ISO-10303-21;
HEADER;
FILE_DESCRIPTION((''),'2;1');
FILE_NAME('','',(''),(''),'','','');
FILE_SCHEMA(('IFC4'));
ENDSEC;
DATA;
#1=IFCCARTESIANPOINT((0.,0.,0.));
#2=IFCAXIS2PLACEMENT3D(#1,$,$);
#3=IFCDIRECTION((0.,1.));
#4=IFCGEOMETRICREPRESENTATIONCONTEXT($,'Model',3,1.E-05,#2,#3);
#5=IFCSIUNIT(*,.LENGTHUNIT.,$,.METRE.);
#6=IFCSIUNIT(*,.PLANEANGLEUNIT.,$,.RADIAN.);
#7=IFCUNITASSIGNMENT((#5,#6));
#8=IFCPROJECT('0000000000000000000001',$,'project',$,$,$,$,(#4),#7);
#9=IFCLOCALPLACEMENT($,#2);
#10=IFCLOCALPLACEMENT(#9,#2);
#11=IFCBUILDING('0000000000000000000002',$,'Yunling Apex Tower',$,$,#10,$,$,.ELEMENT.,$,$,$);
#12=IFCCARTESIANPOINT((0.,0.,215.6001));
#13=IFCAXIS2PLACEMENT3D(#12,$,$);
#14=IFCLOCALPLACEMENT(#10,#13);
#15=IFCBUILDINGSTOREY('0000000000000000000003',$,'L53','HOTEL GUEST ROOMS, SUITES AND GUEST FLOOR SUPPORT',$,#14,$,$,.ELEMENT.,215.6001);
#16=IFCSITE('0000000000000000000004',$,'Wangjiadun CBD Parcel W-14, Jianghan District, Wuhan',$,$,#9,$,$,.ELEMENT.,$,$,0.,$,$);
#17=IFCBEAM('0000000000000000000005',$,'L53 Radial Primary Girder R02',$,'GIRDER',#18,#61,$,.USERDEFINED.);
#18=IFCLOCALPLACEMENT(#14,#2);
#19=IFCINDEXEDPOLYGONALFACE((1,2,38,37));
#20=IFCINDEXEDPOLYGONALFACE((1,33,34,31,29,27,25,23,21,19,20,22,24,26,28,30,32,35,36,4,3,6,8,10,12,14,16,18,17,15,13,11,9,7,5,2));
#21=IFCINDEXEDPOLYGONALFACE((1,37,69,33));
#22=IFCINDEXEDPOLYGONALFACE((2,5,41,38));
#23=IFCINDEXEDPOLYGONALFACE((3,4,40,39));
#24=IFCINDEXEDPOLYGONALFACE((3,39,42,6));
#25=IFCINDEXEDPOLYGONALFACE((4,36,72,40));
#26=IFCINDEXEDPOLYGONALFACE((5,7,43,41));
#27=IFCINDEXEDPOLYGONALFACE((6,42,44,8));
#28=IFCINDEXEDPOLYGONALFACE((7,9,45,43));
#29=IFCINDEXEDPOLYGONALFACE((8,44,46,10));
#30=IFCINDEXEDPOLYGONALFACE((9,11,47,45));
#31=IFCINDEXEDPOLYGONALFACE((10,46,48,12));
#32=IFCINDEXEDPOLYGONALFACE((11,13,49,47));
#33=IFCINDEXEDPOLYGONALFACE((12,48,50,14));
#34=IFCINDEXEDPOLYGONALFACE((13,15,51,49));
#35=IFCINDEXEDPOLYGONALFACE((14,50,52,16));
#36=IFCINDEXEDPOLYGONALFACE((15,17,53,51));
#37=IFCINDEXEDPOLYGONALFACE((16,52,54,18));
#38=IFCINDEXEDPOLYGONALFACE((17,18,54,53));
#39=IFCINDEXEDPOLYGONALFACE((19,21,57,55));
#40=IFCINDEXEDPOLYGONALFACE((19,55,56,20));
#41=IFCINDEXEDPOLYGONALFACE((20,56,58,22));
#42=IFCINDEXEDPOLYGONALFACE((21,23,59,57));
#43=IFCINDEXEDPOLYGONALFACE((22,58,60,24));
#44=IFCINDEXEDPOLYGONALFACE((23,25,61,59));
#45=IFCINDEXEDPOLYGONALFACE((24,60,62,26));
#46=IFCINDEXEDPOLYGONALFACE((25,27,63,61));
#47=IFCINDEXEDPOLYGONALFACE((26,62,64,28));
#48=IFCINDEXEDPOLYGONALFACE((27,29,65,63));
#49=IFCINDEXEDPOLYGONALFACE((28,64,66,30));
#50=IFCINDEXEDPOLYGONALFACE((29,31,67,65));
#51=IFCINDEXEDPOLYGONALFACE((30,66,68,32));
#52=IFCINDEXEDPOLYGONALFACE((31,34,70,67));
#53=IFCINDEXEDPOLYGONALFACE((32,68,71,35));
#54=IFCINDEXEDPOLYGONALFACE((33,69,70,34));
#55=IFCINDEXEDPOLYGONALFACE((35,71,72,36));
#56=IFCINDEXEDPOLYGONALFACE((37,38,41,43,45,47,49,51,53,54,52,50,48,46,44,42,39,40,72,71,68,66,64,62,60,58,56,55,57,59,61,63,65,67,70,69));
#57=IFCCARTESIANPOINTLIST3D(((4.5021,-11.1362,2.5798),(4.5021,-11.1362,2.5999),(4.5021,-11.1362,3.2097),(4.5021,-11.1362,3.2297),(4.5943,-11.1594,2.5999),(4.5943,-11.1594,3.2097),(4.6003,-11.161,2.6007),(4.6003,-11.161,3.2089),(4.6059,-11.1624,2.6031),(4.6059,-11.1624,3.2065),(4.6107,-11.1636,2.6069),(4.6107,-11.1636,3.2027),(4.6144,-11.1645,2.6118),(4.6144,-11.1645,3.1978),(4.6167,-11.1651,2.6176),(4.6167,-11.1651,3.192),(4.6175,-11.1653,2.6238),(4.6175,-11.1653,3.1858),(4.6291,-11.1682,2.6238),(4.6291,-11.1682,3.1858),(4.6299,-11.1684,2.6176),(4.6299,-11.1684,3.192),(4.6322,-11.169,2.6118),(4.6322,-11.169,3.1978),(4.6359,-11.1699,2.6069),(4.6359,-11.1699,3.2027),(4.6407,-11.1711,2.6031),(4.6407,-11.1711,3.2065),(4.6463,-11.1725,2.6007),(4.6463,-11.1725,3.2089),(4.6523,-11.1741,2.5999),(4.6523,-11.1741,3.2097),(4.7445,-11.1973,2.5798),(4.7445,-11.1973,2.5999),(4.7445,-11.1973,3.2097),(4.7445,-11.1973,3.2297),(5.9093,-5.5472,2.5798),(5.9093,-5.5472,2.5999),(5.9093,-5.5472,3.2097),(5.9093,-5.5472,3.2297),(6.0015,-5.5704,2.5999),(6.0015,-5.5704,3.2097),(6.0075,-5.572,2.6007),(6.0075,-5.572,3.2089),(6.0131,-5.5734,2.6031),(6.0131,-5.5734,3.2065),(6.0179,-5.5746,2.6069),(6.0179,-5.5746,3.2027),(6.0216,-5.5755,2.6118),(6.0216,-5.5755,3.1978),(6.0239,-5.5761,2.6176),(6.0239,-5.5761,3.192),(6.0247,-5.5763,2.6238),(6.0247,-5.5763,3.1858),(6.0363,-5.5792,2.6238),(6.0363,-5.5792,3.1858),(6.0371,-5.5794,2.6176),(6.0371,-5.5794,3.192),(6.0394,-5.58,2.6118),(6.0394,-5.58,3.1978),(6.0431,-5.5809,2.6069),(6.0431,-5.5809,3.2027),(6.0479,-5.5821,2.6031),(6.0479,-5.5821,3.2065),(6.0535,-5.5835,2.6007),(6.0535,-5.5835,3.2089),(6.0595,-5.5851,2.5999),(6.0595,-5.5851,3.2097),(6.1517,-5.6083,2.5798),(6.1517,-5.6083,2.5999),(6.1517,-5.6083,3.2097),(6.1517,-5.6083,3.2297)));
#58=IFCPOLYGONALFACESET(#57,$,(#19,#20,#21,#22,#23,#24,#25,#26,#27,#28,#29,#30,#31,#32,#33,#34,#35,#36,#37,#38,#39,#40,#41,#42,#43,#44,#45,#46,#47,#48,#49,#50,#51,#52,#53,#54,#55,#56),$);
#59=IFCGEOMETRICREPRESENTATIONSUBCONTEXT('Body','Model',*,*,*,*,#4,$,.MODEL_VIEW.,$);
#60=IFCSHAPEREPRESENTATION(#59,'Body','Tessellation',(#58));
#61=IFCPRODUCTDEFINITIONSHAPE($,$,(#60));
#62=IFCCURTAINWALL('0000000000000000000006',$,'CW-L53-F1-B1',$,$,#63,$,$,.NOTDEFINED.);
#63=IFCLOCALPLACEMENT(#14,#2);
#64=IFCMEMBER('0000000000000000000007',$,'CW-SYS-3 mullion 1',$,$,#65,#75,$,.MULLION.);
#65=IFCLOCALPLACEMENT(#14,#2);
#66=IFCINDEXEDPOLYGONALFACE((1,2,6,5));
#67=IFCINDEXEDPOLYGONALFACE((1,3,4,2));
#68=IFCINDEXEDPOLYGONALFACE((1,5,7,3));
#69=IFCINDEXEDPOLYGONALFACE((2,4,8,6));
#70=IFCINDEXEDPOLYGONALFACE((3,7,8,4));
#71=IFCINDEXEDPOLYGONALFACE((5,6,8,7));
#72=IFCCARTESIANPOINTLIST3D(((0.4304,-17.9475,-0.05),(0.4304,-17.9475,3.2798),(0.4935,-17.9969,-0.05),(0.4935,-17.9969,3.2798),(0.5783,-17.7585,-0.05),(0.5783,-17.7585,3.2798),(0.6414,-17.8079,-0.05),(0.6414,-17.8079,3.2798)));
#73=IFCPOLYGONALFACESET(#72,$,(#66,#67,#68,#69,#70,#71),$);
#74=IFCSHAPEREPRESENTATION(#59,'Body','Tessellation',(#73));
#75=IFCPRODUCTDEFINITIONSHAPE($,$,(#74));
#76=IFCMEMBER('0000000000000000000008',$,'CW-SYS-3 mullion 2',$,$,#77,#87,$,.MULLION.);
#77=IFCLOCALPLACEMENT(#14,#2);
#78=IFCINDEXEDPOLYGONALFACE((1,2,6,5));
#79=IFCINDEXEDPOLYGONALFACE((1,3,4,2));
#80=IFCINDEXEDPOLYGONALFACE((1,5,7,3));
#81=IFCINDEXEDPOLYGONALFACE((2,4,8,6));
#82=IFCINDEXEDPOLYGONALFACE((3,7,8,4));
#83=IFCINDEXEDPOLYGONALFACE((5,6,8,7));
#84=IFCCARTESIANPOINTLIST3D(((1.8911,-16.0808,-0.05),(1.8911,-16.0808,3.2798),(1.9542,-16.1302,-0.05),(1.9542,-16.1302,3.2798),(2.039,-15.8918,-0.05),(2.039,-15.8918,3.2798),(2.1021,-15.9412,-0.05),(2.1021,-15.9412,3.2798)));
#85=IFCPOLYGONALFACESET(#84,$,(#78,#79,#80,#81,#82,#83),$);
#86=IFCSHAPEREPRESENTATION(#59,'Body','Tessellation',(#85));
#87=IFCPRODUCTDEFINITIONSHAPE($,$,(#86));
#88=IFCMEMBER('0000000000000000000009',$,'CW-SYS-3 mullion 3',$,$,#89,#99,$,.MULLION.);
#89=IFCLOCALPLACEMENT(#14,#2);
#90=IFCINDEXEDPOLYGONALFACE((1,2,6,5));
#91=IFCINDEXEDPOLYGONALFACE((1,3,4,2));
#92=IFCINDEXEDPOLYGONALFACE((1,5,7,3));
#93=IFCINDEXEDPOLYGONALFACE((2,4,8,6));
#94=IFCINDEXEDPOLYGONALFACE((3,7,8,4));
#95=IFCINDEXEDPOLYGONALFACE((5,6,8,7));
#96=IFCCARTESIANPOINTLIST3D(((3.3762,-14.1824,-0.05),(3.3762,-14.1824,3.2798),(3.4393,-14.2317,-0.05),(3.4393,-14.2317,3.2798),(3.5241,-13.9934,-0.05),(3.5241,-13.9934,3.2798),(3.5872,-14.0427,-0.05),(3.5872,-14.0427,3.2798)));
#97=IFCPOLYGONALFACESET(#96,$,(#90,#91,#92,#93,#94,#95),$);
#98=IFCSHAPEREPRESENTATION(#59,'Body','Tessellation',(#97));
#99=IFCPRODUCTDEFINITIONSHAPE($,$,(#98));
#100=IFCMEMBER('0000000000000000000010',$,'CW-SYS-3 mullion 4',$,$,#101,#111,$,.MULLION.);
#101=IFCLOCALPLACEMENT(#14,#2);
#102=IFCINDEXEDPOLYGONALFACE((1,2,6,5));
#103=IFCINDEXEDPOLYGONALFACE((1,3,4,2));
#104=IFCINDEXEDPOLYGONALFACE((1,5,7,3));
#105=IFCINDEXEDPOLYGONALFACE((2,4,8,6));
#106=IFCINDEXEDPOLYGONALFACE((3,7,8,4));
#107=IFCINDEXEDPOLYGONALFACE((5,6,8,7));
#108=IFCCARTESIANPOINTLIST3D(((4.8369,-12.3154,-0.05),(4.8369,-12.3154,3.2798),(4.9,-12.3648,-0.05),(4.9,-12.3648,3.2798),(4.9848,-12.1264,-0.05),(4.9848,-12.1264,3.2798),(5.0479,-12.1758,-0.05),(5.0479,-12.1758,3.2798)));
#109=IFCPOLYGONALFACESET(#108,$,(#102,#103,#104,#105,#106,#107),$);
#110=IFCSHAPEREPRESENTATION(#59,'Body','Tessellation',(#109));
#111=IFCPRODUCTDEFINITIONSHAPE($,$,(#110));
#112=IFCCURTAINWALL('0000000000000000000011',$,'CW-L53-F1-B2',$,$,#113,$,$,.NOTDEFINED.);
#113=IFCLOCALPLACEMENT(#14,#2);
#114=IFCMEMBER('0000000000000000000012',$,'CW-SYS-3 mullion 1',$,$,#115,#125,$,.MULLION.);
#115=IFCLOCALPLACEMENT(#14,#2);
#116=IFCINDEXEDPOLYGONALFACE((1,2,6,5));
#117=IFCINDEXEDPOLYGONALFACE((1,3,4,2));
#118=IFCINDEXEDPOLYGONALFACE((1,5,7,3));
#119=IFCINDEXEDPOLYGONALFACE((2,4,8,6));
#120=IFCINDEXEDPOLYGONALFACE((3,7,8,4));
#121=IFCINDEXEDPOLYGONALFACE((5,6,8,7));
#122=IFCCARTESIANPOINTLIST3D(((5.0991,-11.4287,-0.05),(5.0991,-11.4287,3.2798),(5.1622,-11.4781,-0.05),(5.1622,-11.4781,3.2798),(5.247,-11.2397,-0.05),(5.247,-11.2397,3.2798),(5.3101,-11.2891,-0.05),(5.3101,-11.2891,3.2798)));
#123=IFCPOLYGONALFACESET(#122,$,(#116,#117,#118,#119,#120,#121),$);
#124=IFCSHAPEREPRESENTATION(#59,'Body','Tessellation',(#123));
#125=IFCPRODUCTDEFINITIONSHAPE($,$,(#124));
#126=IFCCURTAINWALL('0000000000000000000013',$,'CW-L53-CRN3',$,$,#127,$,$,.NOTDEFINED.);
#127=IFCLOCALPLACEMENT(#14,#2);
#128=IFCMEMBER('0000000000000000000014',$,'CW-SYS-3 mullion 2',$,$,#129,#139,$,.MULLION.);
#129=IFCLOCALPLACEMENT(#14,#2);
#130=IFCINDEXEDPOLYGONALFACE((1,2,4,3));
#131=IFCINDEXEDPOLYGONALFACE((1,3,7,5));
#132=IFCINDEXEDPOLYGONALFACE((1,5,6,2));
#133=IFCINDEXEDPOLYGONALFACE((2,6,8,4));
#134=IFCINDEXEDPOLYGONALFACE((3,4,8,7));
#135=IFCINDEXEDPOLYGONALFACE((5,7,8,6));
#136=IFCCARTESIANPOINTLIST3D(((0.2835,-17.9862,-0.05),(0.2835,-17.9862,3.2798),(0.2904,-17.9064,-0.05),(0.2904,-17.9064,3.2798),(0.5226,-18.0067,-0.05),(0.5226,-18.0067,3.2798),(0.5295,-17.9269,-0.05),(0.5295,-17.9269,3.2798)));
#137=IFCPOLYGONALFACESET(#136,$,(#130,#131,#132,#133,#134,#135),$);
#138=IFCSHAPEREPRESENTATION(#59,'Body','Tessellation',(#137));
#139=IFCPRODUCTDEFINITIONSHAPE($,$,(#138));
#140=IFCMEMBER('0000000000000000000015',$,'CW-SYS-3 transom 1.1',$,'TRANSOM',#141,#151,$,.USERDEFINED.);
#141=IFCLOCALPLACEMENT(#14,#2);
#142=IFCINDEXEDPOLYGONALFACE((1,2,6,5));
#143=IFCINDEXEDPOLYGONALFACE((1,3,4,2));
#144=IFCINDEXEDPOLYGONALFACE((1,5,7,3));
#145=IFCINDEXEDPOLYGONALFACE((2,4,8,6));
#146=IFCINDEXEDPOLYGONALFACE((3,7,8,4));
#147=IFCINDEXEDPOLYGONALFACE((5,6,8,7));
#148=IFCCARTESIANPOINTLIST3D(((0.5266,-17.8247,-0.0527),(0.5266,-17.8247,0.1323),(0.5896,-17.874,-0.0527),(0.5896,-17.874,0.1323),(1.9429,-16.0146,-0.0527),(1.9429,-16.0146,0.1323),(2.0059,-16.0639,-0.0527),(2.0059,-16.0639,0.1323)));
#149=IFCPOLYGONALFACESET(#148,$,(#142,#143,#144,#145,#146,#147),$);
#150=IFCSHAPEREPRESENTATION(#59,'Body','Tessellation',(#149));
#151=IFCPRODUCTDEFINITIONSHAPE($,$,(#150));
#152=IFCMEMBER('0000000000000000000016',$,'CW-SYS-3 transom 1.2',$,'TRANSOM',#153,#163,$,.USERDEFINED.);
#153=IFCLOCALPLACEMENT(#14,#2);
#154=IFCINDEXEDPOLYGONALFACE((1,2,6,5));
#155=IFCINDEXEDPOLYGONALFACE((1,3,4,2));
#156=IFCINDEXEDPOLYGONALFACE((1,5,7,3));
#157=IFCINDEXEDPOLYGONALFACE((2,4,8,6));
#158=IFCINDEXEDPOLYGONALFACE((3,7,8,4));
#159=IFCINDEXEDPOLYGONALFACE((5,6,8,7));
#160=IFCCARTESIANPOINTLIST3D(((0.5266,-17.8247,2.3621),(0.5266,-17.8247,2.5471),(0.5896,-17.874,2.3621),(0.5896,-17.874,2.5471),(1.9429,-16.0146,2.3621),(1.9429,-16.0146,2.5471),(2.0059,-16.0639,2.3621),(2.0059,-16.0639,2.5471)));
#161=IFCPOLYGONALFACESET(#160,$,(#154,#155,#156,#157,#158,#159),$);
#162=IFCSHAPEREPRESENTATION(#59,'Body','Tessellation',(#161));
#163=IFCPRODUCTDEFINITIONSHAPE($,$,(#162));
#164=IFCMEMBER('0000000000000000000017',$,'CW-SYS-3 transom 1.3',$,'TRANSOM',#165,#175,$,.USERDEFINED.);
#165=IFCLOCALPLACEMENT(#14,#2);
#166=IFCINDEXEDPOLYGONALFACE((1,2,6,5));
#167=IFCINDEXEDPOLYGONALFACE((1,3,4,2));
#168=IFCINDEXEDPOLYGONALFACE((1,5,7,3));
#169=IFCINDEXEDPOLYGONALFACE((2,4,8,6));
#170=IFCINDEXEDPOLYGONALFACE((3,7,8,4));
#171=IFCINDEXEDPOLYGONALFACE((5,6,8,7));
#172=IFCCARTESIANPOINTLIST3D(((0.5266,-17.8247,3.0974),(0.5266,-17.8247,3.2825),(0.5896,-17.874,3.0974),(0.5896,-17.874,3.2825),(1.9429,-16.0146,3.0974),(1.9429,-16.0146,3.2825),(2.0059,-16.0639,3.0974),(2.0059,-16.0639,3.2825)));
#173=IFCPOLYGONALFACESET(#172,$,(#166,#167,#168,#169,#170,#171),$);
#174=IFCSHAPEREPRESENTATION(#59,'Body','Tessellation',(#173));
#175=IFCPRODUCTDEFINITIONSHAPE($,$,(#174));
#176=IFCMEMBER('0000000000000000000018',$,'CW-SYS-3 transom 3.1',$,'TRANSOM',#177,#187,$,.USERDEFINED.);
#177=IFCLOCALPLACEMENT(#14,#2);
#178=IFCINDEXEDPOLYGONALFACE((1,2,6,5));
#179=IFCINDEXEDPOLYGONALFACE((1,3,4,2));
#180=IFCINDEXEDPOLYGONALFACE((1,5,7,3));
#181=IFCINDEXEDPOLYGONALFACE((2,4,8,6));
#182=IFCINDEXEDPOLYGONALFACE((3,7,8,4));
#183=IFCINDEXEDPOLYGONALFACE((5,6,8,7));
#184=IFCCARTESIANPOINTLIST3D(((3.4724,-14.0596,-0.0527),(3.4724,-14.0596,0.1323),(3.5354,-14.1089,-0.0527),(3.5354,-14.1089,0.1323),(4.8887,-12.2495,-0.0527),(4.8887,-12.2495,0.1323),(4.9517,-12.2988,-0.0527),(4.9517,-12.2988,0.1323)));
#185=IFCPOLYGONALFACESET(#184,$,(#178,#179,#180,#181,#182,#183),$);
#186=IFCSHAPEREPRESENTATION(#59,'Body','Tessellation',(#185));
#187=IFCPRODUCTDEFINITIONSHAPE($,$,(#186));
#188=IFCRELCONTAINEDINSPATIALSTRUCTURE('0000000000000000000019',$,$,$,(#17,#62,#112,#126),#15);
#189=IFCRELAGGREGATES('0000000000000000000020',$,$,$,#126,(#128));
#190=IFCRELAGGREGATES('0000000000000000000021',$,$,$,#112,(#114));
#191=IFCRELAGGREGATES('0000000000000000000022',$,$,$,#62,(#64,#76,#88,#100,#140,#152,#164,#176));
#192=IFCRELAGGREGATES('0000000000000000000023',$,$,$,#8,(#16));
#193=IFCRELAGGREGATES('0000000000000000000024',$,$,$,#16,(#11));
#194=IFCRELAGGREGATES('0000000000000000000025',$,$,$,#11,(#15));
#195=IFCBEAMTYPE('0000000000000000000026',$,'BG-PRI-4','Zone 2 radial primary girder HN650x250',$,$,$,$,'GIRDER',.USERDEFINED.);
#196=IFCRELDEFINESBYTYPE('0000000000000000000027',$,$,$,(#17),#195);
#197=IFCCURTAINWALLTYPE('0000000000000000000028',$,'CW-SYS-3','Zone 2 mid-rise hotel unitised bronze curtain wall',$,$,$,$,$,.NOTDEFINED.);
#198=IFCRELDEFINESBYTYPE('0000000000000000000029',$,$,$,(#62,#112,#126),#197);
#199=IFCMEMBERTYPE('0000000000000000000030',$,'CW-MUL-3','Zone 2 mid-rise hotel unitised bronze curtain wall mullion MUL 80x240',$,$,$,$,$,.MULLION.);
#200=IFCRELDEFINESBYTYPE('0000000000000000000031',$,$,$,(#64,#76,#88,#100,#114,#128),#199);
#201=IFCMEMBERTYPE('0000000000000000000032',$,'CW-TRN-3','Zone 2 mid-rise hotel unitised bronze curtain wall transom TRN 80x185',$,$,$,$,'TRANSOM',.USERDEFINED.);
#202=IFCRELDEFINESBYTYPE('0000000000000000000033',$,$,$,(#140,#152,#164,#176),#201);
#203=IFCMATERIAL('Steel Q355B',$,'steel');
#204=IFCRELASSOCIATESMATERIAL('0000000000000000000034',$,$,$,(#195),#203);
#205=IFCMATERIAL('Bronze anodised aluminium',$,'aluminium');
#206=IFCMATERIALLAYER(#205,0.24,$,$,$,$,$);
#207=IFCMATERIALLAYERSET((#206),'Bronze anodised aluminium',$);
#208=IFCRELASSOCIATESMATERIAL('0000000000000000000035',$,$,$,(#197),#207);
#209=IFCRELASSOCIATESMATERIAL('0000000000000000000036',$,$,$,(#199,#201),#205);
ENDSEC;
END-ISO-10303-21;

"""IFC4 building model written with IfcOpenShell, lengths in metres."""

from ifc_helpers import new_model, si_unit, direction, frame, origin, origin_2d, place, context, subcontext, project, spatial, rectangle, i_section, extrude, source, transform, mapped, material, layer, layer_set, material_profile, profile_set, type_object, element, aggregate, save


model = new_model("IFC4")

# Units and contexts
model_context = context("Model", 3, precision=1e-05, world=origin(), true_north=direction((0.0, 1.0)))
body_context = subcontext(model_context, "Body", "Model", "MODEL_VIEW")
ifc_project = project(units=[si_unit("LENGTHUNIT", "METRE"), si_unit("PLANEANGLEUNIT", "RADIAN")], contexts=[model_context])

# Site, building, storey
site_placement = place(None, origin())
site = spatial("IfcSite", under=ifc_project, at=site_placement, Name="Wangjiadun CBD Parcel W-14, Jianghan District, Wuhan", CompositionType="ELEMENT", RefElevation=0.0)
building_placement = place(site_placement, origin())
building = spatial("IfcBuilding", under=site, at=building_placement, Name="Yunling Apex Tower", CompositionType="ELEMENT")
storey_placement = place(building_placement, frame((0.0, 0.0, 215.6001)))
storey = spatial("IfcBuildingStorey", under=building, at=storey_placement, Name="L53", Description="HOTEL GUEST ROOMS, SUITES AND GUEST FLOOR SUPPORT", CompositionType="ELEMENT", Elevation=215.6001)

# Beam
ifc_material_1 = material(Name="Steel Q355B", Category="steel")
ifc_material_profile_1 = material_profile(ifc_material_1, i_section(OverallWidth=0.25, OverallDepth=0.6499, WebThickness=0.012, FlangeThickness=0.02, FilletRadius=0.0239, at=origin_2d()))
ifc_profile_set_1 = profile_set([ifc_material_profile_1], Name="Steel Q355B")
beam_type_1 = type_object("IfcBeamType", Name="BG-PRI-4", Description="Zone 2 radial primary girder HN650x250", ElementType="GIRDER", PredefinedType="USERDEFINED", material=ifc_profile_set_1)
shared_shape_1 = source(origin(), body_context, "Body", "SweptSolid", [
    extrude(i_section(OverallWidth=0.25, OverallDepth=0.6499, WebThickness=0.012, FlangeThickness=0.02, FilletRadius=0.0239, at=origin_2d()), origin(), (0.0, 0.0, 1.0), 5.7634),
])
beam_1_placement = place(storey_placement, frame((4.6233, -11.1667, 2.9048), z_axis=(0.24416, 0.969735, 0.0), x_axis=(-0.969735, 0.24416, 0.0)))
element("IfcBeam", 1, at=beam_1_placement, inside=storey, type_object=beam_type_1, Name="L53 Radial Primary Girder R02", ObjectType="GIRDER", PredefinedType="USERDEFINED", context=body_context, shape_type="MappedRepresentation", body=[
    mapped(shared_shape_1, transform((0.0, 0.0, 0.0), scale=1.0)),
])

# Curtain wall, members
ifc_material_2 = material(Name="Bronze anodised aluminium", Category="aluminium")
ifc_layer_1 = layer(ifc_material_2, 0.24)
ifc_layer_set_1 = layer_set([ifc_layer_1], Name="Bronze anodised aluminium")
curtain_wall_type = type_object("IfcCurtainWallType", Name="CW-SYS-3", Description="Zone 2 mid-rise hotel unitised bronze curtain wall", PredefinedType="NOTDEFINED", material=ifc_layer_set_1)
curtain_wall_1_placement = place(storey_placement, origin())
curtain_wall_1 = element("IfcCurtainWall", 2, at=curtain_wall_1_placement, inside=storey, type_object=curtain_wall_type, Name="CW-L53-F1-B1", PredefinedType="NOTDEFINED")
ifc_material_profile_2 = material_profile(ifc_material_2, rectangle(XDim=0.0801, YDim=0.24, at=origin_2d()))
ifc_profile_set_2 = profile_set([ifc_material_profile_2], Name="Bronze anodised aluminium")
member_type_1 = type_object("IfcMemberType", Name="CW-MUL-3", Description="Zone 2 mid-rise hotel unitised bronze curtain wall mullion MUL 80x240", PredefinedType="MULLION", material=ifc_profile_set_2)
shared_shape_2 = source(origin(), body_context, "Body", "SweptSolid", [
    extrude(rectangle(XDim=0.0801, YDim=0.24, at=origin_2d()), origin(), (0.0, 0.0, 1.0), 3.3298),
])
member_1_placement = place(storey_placement, frame((0.5359, -17.8777, -0.05), z_axis=(0.0, 0.0, 1.0), x_axis=(-0.787589, 0.6162, 0.0)))
member_1 = element("IfcMember", 3, at=member_1_placement, type_object=member_type_1, Name="CW-SYS-3 mullion 1", PredefinedType="MULLION", context=body_context, shape_type="MappedRepresentation", body=[
    mapped(shared_shape_2, transform((0.0, 0.0, 0.0), scale=1.0)),
])
member_2_placement = place(storey_placement, frame((1.9966, -16.011, -0.05), z_axis=(0.0, 0.0, 1.0), x_axis=(-0.787589, 0.6162, 0.0)))
member_2 = element("IfcMember", 4, at=member_2_placement, type_object=member_type_1, Name="CW-SYS-3 mullion 2", PredefinedType="MULLION", context=body_context, shape_type="MappedRepresentation", body=[
    mapped(shared_shape_2, transform((0.0, 0.0, 0.0), scale=1.0)),
])
member_3_placement = place(storey_placement, frame((3.4817, -14.1125, -0.05), z_axis=(0.0, 0.0, 1.0), x_axis=(-0.787589, 0.6162, 0.0)))
member_3 = element("IfcMember", 5, at=member_3_placement, type_object=member_type_1, Name="CW-SYS-3 mullion 3", PredefinedType="MULLION", context=body_context, shape_type="MappedRepresentation", body=[
    mapped(shared_shape_2, transform((0.0, 0.0, 0.0), scale=1.0)),
])
member_4_placement = place(storey_placement, frame((4.9424, -12.2456, -0.05), z_axis=(0.0, 0.0, 1.0), x_axis=(-0.787589, 0.6162, 0.0)))
member_4 = element("IfcMember", 6, at=member_4_placement, type_object=member_type_1, Name="CW-SYS-3 mullion 4", PredefinedType="MULLION", context=body_context, shape_type="MappedRepresentation", body=[
    mapped(shared_shape_2, transform((0.0, 0.0, 0.0), scale=1.0)),
])

# Curtain walls, members
curtain_wall_2_placement = place(storey_placement, origin())
curtain_wall_2 = element("IfcCurtainWall", 7, at=curtain_wall_2_placement, inside=storey, type_object=curtain_wall_type, Name="CW-L53-F1-B2", PredefinedType="NOTDEFINED")
member_5_placement = place(storey_placement, frame((5.2046, -11.3589, -0.05), z_axis=(0.0, 0.0, 1.0), x_axis=(-0.787576, 0.616217, 0.0)))
member_5 = element("IfcMember", 8, at=member_5_placement, type_object=member_type_1, Name="CW-SYS-3 mullion 1", PredefinedType="MULLION", context=body_context, shape_type="MappedRepresentation", body=[
    mapped(shared_shape_2, transform((0.0, 0.0, 0.0), scale=1.0)),
])
curtain_wall_3_placement = place(storey_placement, origin())
curtain_wall_3 = element("IfcCurtainWall", 9, at=curtain_wall_3_placement, inside=storey, type_object=curtain_wall_type, Name="CW-L53-CRN3", PredefinedType="NOTDEFINED")
member_6_placement = place(storey_placement, frame((0.4065, -17.9565, -0.05), z_axis=(0.0, 0.0, 1.0), x_axis=(0.085517, 0.996337, 0.0)))
member_6 = element("IfcMember", 10, at=member_6_placement, type_object=member_type_1, Name="CW-SYS-3 mullion 2", PredefinedType="MULLION", context=body_context, shape_type="MappedRepresentation", body=[
    mapped(shared_shape_2, transform((0.0, 0.0, 0.0), scale=1.0)),
])
aggregate(curtain_wall_3, [member_6])

# Members
ifc_material_profile_3 = material_profile(ifc_material_2, rectangle(XDim=0.0801, YDim=0.1851, at=origin_2d()))
ifc_profile_set_3 = profile_set([ifc_material_profile_3], Name="Bronze anodised aluminium")
member_type_2 = type_object("IfcMemberType", Name="CW-TRN-3", Description="Zone 2 mid-rise hotel unitised bronze curtain wall transom TRN 80x185", ElementType="TRANSOM", PredefinedType="USERDEFINED", material=ifc_profile_set_3)
shared_shape_3 = source(origin(), body_context, "Body", "SweptSolid", [
    extrude(rectangle(XDim=0.0801, YDim=0.1851, at=origin_2d()), origin(), (0.0, 0.0, 1.0), 2.2983),
])
member_7_placement = place(storey_placement, frame((0.5581, -17.8494, 0.0398), z_axis=(0.616225, 0.78757, 0.0), x_axis=(-0.78757, 0.616225, 0.0)))
member_7 = element("IfcMember", 11, at=member_7_placement, type_object=member_type_2, Name="CW-SYS-3 transom 1.1", ObjectType="TRANSOM", PredefinedType="USERDEFINED", context=body_context, shape_type="MappedRepresentation", body=[
    mapped(shared_shape_3, transform((0.0, 0.0, 0.0), scale=1.0)),
])
member_8_placement = place(storey_placement, frame((0.5581, -17.8494, 2.4546), z_axis=(0.616225, 0.78757, 0.0), x_axis=(-0.78757, 0.616225, 0.0)))
member_8 = element("IfcMember", 12, at=member_8_placement, type_object=member_type_2, Name="CW-SYS-3 transom 1.2", ObjectType="TRANSOM", PredefinedType="USERDEFINED", context=body_context, shape_type="MappedRepresentation", body=[
    mapped(shared_shape_3, transform((0.0, 0.0, 0.0), scale=1.0)),
])
member_9_placement = place(storey_placement, frame((0.5581, -17.8494, 3.1899), z_axis=(0.616225, 0.78757, 0.0), x_axis=(-0.78757, 0.616225, 0.0)))
member_9 = element("IfcMember", 13, at=member_9_placement, type_object=member_type_2, Name="CW-SYS-3 transom 1.3", ObjectType="TRANSOM", PredefinedType="USERDEFINED", context=body_context, shape_type="MappedRepresentation", body=[
    mapped(shared_shape_3, transform((0.0, 0.0, 0.0), scale=1.0)),
])
member_10_placement = place(storey_placement, frame((3.5039, -14.0842, 0.0398), z_axis=(0.616225, 0.78757, 0.0), x_axis=(-0.78757, 0.616225, 0.0)))
member_10 = element("IfcMember", 14, at=member_10_placement, type_object=member_type_2, Name="CW-SYS-3 transom 3.1", ObjectType="TRANSOM", PredefinedType="USERDEFINED", context=body_context, shape_type="MappedRepresentation", body=[
    mapped(shared_shape_3, transform((0.0, 0.0, 0.0), scale=1.0)),
])
aggregate(curtain_wall_2, [member_5])

aggregate(curtain_wall_1, [member_1, member_2, member_3, member_4, member_7, member_8, member_9, member_10])

save(model, "model.ifc")
